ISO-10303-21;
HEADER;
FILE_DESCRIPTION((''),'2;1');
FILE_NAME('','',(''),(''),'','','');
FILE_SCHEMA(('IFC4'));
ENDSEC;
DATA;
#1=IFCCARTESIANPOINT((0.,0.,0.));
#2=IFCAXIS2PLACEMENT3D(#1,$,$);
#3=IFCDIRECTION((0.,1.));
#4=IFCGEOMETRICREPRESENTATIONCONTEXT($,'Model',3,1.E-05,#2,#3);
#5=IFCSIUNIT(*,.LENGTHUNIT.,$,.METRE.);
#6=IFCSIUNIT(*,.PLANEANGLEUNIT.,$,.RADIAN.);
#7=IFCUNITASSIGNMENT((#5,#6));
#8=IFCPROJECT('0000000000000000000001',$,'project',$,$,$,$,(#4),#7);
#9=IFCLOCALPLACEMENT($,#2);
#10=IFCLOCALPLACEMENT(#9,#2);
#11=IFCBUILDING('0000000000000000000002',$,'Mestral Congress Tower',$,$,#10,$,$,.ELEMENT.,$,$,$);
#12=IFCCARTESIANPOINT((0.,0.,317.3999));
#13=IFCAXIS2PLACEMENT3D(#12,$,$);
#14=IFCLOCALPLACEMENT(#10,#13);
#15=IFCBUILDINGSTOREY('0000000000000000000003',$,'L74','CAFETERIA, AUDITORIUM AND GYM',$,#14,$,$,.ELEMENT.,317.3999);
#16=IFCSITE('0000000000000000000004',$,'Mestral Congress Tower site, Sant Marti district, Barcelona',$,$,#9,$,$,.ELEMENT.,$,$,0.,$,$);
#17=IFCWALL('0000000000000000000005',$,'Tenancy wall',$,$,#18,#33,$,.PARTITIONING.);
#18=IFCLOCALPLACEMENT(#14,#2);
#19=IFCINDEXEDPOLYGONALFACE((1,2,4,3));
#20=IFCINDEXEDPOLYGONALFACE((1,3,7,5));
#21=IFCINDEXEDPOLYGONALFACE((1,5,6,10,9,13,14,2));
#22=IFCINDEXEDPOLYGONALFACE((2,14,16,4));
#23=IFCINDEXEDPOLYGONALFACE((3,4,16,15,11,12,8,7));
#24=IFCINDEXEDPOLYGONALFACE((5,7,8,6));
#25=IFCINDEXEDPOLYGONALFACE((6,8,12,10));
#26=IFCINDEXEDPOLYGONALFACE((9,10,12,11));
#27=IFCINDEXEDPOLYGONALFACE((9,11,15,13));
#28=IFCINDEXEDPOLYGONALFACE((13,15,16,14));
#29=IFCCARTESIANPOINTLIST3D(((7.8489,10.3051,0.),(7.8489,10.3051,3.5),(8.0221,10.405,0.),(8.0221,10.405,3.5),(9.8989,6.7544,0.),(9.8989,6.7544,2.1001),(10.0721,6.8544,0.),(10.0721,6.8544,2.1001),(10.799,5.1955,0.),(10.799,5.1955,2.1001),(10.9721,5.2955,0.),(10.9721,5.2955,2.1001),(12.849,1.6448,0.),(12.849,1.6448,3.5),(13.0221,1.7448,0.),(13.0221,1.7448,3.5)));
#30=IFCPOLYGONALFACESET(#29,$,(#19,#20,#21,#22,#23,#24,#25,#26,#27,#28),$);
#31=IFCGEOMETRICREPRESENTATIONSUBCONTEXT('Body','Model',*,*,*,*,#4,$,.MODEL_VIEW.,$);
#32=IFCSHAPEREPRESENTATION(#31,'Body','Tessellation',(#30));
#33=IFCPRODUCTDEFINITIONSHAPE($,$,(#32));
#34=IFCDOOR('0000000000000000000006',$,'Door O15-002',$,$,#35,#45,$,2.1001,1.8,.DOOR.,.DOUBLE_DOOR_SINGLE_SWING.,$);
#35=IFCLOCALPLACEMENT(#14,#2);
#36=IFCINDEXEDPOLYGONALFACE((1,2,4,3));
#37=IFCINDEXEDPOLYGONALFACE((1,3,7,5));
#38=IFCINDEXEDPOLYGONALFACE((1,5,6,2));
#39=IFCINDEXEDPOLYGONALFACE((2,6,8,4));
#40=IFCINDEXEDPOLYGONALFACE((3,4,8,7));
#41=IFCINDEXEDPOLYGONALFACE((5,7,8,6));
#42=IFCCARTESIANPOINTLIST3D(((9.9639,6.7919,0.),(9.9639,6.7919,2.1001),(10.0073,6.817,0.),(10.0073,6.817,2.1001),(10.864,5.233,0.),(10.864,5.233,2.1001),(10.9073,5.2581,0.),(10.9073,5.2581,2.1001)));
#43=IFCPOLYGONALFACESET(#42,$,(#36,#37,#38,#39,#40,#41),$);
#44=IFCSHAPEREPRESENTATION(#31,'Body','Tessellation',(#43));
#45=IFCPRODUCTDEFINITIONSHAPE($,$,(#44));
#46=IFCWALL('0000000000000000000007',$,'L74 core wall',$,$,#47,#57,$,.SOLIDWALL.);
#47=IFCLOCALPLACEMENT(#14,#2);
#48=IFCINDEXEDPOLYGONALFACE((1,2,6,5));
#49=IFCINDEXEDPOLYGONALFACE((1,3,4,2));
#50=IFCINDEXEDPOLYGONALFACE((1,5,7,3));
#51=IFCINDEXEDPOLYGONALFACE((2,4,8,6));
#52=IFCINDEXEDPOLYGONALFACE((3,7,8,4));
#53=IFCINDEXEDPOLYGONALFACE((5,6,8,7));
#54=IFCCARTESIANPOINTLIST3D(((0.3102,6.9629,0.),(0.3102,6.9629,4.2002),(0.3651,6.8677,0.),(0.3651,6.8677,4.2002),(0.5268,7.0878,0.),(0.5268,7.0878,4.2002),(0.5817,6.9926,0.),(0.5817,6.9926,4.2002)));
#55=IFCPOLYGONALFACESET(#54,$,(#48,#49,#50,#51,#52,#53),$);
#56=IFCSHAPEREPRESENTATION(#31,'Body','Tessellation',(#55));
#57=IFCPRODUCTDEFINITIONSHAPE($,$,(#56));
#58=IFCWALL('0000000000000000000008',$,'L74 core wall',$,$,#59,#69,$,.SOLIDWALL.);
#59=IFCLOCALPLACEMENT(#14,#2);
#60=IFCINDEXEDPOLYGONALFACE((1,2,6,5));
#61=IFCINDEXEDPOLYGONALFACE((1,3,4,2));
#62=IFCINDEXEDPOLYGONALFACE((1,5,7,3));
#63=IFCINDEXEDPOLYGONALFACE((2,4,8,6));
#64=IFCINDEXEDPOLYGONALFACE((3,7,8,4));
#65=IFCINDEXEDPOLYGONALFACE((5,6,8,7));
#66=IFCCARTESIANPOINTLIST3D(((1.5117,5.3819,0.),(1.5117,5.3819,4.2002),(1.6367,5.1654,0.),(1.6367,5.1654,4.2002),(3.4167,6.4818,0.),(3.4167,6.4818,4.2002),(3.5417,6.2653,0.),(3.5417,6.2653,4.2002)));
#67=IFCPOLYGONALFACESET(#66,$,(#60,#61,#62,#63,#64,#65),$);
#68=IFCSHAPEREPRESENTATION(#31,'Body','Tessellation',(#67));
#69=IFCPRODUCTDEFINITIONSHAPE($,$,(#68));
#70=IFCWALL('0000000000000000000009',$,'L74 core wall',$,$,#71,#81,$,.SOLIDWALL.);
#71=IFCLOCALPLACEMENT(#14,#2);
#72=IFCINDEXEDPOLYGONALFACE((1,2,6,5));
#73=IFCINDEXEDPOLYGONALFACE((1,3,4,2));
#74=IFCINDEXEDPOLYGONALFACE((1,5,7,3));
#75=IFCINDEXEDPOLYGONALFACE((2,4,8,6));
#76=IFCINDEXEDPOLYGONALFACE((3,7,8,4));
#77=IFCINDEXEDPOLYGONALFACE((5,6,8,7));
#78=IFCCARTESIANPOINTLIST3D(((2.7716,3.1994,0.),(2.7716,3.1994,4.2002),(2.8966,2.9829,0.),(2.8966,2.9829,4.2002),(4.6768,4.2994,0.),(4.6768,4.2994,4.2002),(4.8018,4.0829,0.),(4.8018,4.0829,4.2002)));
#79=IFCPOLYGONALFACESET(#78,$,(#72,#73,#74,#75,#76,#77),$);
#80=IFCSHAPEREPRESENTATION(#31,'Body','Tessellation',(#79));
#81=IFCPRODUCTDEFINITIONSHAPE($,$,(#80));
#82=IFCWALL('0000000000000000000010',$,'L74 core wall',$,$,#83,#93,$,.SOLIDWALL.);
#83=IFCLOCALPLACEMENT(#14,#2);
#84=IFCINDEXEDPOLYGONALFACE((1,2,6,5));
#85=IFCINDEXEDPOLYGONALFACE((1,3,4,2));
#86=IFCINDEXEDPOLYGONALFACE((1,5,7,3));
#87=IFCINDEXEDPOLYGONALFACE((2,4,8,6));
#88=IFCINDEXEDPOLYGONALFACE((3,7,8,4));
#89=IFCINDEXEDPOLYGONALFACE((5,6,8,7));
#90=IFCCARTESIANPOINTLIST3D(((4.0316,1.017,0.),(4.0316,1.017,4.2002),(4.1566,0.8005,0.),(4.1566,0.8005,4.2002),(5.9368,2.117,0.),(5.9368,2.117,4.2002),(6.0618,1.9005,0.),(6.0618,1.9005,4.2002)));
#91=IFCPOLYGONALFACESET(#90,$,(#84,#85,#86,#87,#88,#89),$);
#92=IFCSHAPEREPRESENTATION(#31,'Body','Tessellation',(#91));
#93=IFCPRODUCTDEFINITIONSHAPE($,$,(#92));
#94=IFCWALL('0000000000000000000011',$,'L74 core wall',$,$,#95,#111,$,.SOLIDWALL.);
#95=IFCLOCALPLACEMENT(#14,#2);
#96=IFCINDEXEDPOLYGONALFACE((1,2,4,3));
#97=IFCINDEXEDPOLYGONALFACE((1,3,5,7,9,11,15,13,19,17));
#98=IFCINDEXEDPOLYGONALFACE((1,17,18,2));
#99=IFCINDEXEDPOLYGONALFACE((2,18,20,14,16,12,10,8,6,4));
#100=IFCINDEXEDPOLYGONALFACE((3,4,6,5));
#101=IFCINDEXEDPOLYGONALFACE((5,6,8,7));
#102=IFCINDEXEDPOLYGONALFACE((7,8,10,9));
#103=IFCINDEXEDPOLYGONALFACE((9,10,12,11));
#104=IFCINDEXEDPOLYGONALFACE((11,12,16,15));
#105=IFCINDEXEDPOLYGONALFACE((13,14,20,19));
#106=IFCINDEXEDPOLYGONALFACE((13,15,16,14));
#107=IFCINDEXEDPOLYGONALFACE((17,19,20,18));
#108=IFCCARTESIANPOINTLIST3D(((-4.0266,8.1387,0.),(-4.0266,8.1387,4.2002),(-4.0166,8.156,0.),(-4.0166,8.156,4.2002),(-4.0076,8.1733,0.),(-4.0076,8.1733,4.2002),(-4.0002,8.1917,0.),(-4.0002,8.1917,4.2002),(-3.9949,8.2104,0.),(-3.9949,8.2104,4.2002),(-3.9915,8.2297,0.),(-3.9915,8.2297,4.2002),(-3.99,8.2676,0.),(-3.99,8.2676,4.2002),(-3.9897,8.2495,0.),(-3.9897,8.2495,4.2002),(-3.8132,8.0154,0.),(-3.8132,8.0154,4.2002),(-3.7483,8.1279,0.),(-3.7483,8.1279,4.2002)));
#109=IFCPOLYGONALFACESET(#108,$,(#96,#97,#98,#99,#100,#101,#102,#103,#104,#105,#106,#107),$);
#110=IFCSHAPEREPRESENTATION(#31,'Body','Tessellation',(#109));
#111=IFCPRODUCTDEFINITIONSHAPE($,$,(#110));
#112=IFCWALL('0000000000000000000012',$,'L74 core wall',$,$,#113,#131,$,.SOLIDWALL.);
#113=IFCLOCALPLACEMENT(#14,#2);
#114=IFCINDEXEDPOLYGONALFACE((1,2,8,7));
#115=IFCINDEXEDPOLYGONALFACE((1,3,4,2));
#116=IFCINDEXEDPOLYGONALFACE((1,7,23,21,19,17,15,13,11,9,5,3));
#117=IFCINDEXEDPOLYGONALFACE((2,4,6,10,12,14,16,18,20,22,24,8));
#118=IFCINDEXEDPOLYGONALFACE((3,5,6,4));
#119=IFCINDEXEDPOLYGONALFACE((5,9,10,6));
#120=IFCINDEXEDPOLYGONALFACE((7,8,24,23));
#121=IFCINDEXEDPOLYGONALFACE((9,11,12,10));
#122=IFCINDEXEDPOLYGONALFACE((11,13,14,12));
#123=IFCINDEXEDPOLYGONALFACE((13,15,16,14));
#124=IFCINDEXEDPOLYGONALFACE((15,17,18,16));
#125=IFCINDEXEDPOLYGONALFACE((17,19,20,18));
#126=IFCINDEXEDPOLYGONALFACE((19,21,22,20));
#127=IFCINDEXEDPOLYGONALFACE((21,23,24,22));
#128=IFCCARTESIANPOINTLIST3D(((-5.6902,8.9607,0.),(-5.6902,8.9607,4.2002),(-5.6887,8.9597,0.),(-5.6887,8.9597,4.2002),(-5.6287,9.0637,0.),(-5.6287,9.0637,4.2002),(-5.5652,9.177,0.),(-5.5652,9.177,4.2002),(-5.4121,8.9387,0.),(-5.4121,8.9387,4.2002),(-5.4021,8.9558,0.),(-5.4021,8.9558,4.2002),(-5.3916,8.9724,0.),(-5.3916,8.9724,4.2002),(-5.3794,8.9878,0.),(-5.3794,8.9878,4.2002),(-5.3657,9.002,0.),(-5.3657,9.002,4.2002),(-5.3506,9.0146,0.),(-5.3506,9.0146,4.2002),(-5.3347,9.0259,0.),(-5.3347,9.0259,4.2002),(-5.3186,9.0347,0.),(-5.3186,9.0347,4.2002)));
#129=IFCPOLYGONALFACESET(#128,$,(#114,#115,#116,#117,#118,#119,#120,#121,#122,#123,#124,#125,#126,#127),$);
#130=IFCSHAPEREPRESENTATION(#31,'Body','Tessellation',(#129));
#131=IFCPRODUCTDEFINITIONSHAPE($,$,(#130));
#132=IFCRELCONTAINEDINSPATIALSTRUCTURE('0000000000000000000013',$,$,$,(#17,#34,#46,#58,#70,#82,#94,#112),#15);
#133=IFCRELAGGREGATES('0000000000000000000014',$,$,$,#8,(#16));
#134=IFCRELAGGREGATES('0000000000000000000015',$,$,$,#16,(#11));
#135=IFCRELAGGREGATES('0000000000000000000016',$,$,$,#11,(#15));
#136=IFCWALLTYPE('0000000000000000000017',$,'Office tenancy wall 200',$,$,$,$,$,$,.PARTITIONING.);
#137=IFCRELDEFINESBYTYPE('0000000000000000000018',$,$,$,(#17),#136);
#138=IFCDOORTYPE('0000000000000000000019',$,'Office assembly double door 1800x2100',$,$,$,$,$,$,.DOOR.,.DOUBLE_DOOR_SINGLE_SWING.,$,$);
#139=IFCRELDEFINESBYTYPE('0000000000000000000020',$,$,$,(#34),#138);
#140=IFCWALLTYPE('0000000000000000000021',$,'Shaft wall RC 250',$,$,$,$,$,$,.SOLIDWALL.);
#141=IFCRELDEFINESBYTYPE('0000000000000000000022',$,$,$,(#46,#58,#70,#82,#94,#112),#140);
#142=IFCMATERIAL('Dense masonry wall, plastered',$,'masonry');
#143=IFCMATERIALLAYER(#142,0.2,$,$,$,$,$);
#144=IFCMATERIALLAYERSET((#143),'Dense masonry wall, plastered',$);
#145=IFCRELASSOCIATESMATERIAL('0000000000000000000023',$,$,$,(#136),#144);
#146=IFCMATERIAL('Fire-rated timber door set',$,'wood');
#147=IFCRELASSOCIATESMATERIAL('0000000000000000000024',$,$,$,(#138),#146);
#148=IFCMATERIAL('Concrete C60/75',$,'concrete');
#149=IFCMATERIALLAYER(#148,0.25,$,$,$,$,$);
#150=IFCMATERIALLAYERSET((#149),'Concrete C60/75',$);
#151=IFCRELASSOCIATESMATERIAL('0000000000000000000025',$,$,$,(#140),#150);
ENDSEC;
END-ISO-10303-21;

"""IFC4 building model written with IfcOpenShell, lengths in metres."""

from ifc_helpers import new_model, si_unit, direction, frame, frame_2d, origin, place, context, subcontext, project, spatial, polyline, rectangle, outline, extrude, material, layer, layer_set, type_object, element, fill, save


model = new_model("IFC4")

# Units and contexts
model_context = context("Model", 3, precision=1e-05, world=origin(), true_north=direction((0.0, 1.0)))
body_context = subcontext(model_context, "Body", "Model", "MODEL_VIEW")
ifc_project = project(units=[si_unit("LENGTHUNIT", "METRE"), si_unit("PLANEANGLEUNIT", "RADIAN")], contexts=[model_context])

# Site, building, storey
site_placement = place(None, origin())
site = spatial("IfcSite", under=ifc_project, at=site_placement, Name="Mestral Congress Tower site, Sant Marti district, Barcelona", CompositionType="ELEMENT", RefElevation=0.0)
building_placement = place(site_placement, origin())
building = spatial("IfcBuilding", under=site, at=building_placement, Name="Mestral Congress Tower", CompositionType="ELEMENT")
storey_placement = place(building_placement, frame((0.0, 0.0, 317.3999)))
storey = spatial("IfcBuildingStorey", under=building, at=storey_placement, Name="L74", Description="CAFETERIA, AUDITORIUM AND GYM", CompositionType="ELEMENT", Elevation=317.3999)

# Shared definitions
ifc_material_1 = material(Name="Concrete C60/75", Category="concrete")

# Wall, opening, door
ifc_material_2 = material(Name="Dense masonry wall, plastered", Category="masonry")
ifc_layer_1 = layer(ifc_material_2, 0.2)
ifc_layer_set_1 = layer_set([ifc_layer_1], Name="Dense masonry wall, plastered")
wall_type_1 = type_object("IfcWallType", Name="Office tenancy wall 200", PredefinedType="PARTITIONING", material=ifc_layer_set_1)
wall_1_placement = place(storey_placement, frame((12.9355, 1.6948, 0.0), z_axis=(0.0, 0.0, 1.0), x_axis=(-0.500004, 0.866023, 0.0)))
wall_1 = element("IfcWall", 1, at=wall_1_placement, inside=storey, type_object=wall_type_1, Name="Tenancy wall", PredefinedType="PARTITIONING", context=body_context, shape_type="SweptSolid", body=[
    extrude(rectangle(XDim=10.0, YDim=0.2, at=frame_2d((5.0, 0.0))), origin(), (0.0, 0.0, 1.0), 3.5),
])
opening_1_placement = place(wall_1_placement, frame((4.1001, 0.0, 0.0)))
opening_1 = element("IfcOpeningElement", 2, at=opening_1_placement, cuts=wall_1, PredefinedType="OPENING", context=body_context, shape_type="SweptSolid", body=[
    extrude(rectangle(XDim=1.8, YDim=2.1001, at=frame_2d((0.8999, 1.05))), frame((0.0, 0.1099, 0.0), z_axis=(0.0, -1.0, 0.0), x_axis=(1.0, 0.0, 0.0)), (0.0, 0.0, 1.0), 0.22),
])
ifc_material_3 = material(Name="Fire-rated timber door set", Category="wood")
door_type_1 = type_object("IfcDoorType", Name="Office assembly double door 1800x2100", OperationType="DOUBLE_DOOR_SINGLE_SWING", PredefinedType="DOOR", material=ifc_material_3)
door_1_placement = place(opening_1_placement, origin())
door_1 = element("IfcDoor", 3, at=door_1_placement, inside=storey, type_object=door_type_1, Name="Door O15-002", OperationType="DOUBLE_DOOR_SINGLE_SWING", OverallHeight=2.1001, OverallWidth=1.8, PredefinedType="DOOR", context=body_context, shape_type="SweptSolid", body=[
    extrude(rectangle(XDim=1.8, YDim=2.1001, at=frame_2d((0.8999, 1.05))), frame((0.0, 0.0249, 0.0), z_axis=(0.0, -1.0, 0.0), x_axis=(1.0, 0.0, 0.0)), (0.0, 0.0, 1.0), 0.05),
])
fill(opening_1, door_1)

# Walls
ifc_layer_2 = layer(ifc_material_1, 0.25)
ifc_layer_set_2 = layer_set([ifc_layer_2], Name="Concrete C60/75")
wall_type_2 = type_object("IfcWallType", Name="Shaft wall RC 250", PredefinedType="SOLIDWALL", material=ifc_layer_set_2)
wall_2_placement = place(storey_placement, frame((0.4734, 6.9302, 0.0), z_axis=(0.0, 0.0, 1.0), x_axis=(-0.499722, 0.866186, 0.0)))
element("IfcWall", 4, at=wall_2_placement, inside=storey, type_object=wall_type_2, Name="L74 core wall", PredefinedType="SOLIDWALL", context=body_context, shape_type="SweptSolid", body=[
    extrude(rectangle(XDim=0.1099, YDim=0.25, at=frame_2d((0.0549, 0.0))), origin(), (0.0, 0.0, 1.0), 4.2002),
])
wall_3_placement = place(storey_placement, frame((1.5742, 5.2737, 0.0), z_axis=(0.0, 0.0, 1.0), x_axis=(0.866028, 0.499995, 0.0)))
element("IfcWall", 5, at=wall_3_placement, inside=storey, type_object=wall_type_2, Name="L74 core wall", PredefinedType="SOLIDWALL", context=body_context, shape_type="SweptSolid", body=[
    extrude(rectangle(XDim=2.1997, YDim=0.25, at=frame_2d((1.0999, 0.0))), origin(), (0.0, 0.0, 1.0), 4.2002),
])
for number, where, z_axis, x_axis, name in (
    (6, (2.834, 3.0911, 0.0), (0.0, 0.0, 1.0), (0.866008, 0.50003, 0.0), "L74 core wall"),
    (7, (4.094, 0.9087, 0.0), (0.0, 0.0, 1.0), (0.866008, 0.50003, 0.0), "L74 core wall"),
):
    element("IfcWall", number, at=place(storey_placement, frame(where, z_axis=z_axis, x_axis=x_axis)), inside=storey, type_object=wall_type_2, Name=name, PredefinedType="SOLIDWALL", context=body_context, shape_type="SweptSolid", body=[
        extrude(rectangle(XDim=2.2, YDim=0.25, at=frame_2d((1.1001, 0.0))), origin(), (0.0, 0.0, 1.0), 4.2002),
    ])
placement = place(storey_placement, origin())
element("IfcWall", 8, at=placement, inside=storey, type_object=wall_type_2, Name="L74 core wall", PredefinedType="SOLIDWALL", context=body_context, shape_type="SweptSolid", body=[
    extrude(outline(polyline([(-3.7483, 8.1279), (-3.8132, 8.0154), (-4.0266, 8.1387), (-4.0166, 8.156), (-4.0076, 8.1733), (-4.0002, 8.1917), (-3.9949, 8.2104), (-3.9915, 8.2297), (-3.9897, 8.2495), (-3.99, 8.2676), (-3.7483, 8.1279)])), origin(), (0.0, 0.0, 1.0), 4.2002),
])
element("IfcWall", 9, at=placement, inside=storey, type_object=wall_type_2, Name="L74 core wall", PredefinedType="SOLIDWALL", context=body_context, shape_type="SweptSolid", body=[
    extrude(outline(polyline([(-5.6887, 8.9597), (-5.6902, 8.9607), (-5.5652, 9.177), (-5.3186, 9.0347), (-5.3347, 9.0259), (-5.3506, 9.0146), (-5.3657, 9.002), (-5.3794, 8.9878), (-5.3916, 8.9724), (-5.4021, 8.9558), (-5.4121, 8.9387), (-5.6287, 9.0637), (-5.6287, 9.0637), (-5.6887, 8.9597)])), origin(), (0.0, 0.0, 1.0), 4.2002),
])

save(model, "model.ifc")
